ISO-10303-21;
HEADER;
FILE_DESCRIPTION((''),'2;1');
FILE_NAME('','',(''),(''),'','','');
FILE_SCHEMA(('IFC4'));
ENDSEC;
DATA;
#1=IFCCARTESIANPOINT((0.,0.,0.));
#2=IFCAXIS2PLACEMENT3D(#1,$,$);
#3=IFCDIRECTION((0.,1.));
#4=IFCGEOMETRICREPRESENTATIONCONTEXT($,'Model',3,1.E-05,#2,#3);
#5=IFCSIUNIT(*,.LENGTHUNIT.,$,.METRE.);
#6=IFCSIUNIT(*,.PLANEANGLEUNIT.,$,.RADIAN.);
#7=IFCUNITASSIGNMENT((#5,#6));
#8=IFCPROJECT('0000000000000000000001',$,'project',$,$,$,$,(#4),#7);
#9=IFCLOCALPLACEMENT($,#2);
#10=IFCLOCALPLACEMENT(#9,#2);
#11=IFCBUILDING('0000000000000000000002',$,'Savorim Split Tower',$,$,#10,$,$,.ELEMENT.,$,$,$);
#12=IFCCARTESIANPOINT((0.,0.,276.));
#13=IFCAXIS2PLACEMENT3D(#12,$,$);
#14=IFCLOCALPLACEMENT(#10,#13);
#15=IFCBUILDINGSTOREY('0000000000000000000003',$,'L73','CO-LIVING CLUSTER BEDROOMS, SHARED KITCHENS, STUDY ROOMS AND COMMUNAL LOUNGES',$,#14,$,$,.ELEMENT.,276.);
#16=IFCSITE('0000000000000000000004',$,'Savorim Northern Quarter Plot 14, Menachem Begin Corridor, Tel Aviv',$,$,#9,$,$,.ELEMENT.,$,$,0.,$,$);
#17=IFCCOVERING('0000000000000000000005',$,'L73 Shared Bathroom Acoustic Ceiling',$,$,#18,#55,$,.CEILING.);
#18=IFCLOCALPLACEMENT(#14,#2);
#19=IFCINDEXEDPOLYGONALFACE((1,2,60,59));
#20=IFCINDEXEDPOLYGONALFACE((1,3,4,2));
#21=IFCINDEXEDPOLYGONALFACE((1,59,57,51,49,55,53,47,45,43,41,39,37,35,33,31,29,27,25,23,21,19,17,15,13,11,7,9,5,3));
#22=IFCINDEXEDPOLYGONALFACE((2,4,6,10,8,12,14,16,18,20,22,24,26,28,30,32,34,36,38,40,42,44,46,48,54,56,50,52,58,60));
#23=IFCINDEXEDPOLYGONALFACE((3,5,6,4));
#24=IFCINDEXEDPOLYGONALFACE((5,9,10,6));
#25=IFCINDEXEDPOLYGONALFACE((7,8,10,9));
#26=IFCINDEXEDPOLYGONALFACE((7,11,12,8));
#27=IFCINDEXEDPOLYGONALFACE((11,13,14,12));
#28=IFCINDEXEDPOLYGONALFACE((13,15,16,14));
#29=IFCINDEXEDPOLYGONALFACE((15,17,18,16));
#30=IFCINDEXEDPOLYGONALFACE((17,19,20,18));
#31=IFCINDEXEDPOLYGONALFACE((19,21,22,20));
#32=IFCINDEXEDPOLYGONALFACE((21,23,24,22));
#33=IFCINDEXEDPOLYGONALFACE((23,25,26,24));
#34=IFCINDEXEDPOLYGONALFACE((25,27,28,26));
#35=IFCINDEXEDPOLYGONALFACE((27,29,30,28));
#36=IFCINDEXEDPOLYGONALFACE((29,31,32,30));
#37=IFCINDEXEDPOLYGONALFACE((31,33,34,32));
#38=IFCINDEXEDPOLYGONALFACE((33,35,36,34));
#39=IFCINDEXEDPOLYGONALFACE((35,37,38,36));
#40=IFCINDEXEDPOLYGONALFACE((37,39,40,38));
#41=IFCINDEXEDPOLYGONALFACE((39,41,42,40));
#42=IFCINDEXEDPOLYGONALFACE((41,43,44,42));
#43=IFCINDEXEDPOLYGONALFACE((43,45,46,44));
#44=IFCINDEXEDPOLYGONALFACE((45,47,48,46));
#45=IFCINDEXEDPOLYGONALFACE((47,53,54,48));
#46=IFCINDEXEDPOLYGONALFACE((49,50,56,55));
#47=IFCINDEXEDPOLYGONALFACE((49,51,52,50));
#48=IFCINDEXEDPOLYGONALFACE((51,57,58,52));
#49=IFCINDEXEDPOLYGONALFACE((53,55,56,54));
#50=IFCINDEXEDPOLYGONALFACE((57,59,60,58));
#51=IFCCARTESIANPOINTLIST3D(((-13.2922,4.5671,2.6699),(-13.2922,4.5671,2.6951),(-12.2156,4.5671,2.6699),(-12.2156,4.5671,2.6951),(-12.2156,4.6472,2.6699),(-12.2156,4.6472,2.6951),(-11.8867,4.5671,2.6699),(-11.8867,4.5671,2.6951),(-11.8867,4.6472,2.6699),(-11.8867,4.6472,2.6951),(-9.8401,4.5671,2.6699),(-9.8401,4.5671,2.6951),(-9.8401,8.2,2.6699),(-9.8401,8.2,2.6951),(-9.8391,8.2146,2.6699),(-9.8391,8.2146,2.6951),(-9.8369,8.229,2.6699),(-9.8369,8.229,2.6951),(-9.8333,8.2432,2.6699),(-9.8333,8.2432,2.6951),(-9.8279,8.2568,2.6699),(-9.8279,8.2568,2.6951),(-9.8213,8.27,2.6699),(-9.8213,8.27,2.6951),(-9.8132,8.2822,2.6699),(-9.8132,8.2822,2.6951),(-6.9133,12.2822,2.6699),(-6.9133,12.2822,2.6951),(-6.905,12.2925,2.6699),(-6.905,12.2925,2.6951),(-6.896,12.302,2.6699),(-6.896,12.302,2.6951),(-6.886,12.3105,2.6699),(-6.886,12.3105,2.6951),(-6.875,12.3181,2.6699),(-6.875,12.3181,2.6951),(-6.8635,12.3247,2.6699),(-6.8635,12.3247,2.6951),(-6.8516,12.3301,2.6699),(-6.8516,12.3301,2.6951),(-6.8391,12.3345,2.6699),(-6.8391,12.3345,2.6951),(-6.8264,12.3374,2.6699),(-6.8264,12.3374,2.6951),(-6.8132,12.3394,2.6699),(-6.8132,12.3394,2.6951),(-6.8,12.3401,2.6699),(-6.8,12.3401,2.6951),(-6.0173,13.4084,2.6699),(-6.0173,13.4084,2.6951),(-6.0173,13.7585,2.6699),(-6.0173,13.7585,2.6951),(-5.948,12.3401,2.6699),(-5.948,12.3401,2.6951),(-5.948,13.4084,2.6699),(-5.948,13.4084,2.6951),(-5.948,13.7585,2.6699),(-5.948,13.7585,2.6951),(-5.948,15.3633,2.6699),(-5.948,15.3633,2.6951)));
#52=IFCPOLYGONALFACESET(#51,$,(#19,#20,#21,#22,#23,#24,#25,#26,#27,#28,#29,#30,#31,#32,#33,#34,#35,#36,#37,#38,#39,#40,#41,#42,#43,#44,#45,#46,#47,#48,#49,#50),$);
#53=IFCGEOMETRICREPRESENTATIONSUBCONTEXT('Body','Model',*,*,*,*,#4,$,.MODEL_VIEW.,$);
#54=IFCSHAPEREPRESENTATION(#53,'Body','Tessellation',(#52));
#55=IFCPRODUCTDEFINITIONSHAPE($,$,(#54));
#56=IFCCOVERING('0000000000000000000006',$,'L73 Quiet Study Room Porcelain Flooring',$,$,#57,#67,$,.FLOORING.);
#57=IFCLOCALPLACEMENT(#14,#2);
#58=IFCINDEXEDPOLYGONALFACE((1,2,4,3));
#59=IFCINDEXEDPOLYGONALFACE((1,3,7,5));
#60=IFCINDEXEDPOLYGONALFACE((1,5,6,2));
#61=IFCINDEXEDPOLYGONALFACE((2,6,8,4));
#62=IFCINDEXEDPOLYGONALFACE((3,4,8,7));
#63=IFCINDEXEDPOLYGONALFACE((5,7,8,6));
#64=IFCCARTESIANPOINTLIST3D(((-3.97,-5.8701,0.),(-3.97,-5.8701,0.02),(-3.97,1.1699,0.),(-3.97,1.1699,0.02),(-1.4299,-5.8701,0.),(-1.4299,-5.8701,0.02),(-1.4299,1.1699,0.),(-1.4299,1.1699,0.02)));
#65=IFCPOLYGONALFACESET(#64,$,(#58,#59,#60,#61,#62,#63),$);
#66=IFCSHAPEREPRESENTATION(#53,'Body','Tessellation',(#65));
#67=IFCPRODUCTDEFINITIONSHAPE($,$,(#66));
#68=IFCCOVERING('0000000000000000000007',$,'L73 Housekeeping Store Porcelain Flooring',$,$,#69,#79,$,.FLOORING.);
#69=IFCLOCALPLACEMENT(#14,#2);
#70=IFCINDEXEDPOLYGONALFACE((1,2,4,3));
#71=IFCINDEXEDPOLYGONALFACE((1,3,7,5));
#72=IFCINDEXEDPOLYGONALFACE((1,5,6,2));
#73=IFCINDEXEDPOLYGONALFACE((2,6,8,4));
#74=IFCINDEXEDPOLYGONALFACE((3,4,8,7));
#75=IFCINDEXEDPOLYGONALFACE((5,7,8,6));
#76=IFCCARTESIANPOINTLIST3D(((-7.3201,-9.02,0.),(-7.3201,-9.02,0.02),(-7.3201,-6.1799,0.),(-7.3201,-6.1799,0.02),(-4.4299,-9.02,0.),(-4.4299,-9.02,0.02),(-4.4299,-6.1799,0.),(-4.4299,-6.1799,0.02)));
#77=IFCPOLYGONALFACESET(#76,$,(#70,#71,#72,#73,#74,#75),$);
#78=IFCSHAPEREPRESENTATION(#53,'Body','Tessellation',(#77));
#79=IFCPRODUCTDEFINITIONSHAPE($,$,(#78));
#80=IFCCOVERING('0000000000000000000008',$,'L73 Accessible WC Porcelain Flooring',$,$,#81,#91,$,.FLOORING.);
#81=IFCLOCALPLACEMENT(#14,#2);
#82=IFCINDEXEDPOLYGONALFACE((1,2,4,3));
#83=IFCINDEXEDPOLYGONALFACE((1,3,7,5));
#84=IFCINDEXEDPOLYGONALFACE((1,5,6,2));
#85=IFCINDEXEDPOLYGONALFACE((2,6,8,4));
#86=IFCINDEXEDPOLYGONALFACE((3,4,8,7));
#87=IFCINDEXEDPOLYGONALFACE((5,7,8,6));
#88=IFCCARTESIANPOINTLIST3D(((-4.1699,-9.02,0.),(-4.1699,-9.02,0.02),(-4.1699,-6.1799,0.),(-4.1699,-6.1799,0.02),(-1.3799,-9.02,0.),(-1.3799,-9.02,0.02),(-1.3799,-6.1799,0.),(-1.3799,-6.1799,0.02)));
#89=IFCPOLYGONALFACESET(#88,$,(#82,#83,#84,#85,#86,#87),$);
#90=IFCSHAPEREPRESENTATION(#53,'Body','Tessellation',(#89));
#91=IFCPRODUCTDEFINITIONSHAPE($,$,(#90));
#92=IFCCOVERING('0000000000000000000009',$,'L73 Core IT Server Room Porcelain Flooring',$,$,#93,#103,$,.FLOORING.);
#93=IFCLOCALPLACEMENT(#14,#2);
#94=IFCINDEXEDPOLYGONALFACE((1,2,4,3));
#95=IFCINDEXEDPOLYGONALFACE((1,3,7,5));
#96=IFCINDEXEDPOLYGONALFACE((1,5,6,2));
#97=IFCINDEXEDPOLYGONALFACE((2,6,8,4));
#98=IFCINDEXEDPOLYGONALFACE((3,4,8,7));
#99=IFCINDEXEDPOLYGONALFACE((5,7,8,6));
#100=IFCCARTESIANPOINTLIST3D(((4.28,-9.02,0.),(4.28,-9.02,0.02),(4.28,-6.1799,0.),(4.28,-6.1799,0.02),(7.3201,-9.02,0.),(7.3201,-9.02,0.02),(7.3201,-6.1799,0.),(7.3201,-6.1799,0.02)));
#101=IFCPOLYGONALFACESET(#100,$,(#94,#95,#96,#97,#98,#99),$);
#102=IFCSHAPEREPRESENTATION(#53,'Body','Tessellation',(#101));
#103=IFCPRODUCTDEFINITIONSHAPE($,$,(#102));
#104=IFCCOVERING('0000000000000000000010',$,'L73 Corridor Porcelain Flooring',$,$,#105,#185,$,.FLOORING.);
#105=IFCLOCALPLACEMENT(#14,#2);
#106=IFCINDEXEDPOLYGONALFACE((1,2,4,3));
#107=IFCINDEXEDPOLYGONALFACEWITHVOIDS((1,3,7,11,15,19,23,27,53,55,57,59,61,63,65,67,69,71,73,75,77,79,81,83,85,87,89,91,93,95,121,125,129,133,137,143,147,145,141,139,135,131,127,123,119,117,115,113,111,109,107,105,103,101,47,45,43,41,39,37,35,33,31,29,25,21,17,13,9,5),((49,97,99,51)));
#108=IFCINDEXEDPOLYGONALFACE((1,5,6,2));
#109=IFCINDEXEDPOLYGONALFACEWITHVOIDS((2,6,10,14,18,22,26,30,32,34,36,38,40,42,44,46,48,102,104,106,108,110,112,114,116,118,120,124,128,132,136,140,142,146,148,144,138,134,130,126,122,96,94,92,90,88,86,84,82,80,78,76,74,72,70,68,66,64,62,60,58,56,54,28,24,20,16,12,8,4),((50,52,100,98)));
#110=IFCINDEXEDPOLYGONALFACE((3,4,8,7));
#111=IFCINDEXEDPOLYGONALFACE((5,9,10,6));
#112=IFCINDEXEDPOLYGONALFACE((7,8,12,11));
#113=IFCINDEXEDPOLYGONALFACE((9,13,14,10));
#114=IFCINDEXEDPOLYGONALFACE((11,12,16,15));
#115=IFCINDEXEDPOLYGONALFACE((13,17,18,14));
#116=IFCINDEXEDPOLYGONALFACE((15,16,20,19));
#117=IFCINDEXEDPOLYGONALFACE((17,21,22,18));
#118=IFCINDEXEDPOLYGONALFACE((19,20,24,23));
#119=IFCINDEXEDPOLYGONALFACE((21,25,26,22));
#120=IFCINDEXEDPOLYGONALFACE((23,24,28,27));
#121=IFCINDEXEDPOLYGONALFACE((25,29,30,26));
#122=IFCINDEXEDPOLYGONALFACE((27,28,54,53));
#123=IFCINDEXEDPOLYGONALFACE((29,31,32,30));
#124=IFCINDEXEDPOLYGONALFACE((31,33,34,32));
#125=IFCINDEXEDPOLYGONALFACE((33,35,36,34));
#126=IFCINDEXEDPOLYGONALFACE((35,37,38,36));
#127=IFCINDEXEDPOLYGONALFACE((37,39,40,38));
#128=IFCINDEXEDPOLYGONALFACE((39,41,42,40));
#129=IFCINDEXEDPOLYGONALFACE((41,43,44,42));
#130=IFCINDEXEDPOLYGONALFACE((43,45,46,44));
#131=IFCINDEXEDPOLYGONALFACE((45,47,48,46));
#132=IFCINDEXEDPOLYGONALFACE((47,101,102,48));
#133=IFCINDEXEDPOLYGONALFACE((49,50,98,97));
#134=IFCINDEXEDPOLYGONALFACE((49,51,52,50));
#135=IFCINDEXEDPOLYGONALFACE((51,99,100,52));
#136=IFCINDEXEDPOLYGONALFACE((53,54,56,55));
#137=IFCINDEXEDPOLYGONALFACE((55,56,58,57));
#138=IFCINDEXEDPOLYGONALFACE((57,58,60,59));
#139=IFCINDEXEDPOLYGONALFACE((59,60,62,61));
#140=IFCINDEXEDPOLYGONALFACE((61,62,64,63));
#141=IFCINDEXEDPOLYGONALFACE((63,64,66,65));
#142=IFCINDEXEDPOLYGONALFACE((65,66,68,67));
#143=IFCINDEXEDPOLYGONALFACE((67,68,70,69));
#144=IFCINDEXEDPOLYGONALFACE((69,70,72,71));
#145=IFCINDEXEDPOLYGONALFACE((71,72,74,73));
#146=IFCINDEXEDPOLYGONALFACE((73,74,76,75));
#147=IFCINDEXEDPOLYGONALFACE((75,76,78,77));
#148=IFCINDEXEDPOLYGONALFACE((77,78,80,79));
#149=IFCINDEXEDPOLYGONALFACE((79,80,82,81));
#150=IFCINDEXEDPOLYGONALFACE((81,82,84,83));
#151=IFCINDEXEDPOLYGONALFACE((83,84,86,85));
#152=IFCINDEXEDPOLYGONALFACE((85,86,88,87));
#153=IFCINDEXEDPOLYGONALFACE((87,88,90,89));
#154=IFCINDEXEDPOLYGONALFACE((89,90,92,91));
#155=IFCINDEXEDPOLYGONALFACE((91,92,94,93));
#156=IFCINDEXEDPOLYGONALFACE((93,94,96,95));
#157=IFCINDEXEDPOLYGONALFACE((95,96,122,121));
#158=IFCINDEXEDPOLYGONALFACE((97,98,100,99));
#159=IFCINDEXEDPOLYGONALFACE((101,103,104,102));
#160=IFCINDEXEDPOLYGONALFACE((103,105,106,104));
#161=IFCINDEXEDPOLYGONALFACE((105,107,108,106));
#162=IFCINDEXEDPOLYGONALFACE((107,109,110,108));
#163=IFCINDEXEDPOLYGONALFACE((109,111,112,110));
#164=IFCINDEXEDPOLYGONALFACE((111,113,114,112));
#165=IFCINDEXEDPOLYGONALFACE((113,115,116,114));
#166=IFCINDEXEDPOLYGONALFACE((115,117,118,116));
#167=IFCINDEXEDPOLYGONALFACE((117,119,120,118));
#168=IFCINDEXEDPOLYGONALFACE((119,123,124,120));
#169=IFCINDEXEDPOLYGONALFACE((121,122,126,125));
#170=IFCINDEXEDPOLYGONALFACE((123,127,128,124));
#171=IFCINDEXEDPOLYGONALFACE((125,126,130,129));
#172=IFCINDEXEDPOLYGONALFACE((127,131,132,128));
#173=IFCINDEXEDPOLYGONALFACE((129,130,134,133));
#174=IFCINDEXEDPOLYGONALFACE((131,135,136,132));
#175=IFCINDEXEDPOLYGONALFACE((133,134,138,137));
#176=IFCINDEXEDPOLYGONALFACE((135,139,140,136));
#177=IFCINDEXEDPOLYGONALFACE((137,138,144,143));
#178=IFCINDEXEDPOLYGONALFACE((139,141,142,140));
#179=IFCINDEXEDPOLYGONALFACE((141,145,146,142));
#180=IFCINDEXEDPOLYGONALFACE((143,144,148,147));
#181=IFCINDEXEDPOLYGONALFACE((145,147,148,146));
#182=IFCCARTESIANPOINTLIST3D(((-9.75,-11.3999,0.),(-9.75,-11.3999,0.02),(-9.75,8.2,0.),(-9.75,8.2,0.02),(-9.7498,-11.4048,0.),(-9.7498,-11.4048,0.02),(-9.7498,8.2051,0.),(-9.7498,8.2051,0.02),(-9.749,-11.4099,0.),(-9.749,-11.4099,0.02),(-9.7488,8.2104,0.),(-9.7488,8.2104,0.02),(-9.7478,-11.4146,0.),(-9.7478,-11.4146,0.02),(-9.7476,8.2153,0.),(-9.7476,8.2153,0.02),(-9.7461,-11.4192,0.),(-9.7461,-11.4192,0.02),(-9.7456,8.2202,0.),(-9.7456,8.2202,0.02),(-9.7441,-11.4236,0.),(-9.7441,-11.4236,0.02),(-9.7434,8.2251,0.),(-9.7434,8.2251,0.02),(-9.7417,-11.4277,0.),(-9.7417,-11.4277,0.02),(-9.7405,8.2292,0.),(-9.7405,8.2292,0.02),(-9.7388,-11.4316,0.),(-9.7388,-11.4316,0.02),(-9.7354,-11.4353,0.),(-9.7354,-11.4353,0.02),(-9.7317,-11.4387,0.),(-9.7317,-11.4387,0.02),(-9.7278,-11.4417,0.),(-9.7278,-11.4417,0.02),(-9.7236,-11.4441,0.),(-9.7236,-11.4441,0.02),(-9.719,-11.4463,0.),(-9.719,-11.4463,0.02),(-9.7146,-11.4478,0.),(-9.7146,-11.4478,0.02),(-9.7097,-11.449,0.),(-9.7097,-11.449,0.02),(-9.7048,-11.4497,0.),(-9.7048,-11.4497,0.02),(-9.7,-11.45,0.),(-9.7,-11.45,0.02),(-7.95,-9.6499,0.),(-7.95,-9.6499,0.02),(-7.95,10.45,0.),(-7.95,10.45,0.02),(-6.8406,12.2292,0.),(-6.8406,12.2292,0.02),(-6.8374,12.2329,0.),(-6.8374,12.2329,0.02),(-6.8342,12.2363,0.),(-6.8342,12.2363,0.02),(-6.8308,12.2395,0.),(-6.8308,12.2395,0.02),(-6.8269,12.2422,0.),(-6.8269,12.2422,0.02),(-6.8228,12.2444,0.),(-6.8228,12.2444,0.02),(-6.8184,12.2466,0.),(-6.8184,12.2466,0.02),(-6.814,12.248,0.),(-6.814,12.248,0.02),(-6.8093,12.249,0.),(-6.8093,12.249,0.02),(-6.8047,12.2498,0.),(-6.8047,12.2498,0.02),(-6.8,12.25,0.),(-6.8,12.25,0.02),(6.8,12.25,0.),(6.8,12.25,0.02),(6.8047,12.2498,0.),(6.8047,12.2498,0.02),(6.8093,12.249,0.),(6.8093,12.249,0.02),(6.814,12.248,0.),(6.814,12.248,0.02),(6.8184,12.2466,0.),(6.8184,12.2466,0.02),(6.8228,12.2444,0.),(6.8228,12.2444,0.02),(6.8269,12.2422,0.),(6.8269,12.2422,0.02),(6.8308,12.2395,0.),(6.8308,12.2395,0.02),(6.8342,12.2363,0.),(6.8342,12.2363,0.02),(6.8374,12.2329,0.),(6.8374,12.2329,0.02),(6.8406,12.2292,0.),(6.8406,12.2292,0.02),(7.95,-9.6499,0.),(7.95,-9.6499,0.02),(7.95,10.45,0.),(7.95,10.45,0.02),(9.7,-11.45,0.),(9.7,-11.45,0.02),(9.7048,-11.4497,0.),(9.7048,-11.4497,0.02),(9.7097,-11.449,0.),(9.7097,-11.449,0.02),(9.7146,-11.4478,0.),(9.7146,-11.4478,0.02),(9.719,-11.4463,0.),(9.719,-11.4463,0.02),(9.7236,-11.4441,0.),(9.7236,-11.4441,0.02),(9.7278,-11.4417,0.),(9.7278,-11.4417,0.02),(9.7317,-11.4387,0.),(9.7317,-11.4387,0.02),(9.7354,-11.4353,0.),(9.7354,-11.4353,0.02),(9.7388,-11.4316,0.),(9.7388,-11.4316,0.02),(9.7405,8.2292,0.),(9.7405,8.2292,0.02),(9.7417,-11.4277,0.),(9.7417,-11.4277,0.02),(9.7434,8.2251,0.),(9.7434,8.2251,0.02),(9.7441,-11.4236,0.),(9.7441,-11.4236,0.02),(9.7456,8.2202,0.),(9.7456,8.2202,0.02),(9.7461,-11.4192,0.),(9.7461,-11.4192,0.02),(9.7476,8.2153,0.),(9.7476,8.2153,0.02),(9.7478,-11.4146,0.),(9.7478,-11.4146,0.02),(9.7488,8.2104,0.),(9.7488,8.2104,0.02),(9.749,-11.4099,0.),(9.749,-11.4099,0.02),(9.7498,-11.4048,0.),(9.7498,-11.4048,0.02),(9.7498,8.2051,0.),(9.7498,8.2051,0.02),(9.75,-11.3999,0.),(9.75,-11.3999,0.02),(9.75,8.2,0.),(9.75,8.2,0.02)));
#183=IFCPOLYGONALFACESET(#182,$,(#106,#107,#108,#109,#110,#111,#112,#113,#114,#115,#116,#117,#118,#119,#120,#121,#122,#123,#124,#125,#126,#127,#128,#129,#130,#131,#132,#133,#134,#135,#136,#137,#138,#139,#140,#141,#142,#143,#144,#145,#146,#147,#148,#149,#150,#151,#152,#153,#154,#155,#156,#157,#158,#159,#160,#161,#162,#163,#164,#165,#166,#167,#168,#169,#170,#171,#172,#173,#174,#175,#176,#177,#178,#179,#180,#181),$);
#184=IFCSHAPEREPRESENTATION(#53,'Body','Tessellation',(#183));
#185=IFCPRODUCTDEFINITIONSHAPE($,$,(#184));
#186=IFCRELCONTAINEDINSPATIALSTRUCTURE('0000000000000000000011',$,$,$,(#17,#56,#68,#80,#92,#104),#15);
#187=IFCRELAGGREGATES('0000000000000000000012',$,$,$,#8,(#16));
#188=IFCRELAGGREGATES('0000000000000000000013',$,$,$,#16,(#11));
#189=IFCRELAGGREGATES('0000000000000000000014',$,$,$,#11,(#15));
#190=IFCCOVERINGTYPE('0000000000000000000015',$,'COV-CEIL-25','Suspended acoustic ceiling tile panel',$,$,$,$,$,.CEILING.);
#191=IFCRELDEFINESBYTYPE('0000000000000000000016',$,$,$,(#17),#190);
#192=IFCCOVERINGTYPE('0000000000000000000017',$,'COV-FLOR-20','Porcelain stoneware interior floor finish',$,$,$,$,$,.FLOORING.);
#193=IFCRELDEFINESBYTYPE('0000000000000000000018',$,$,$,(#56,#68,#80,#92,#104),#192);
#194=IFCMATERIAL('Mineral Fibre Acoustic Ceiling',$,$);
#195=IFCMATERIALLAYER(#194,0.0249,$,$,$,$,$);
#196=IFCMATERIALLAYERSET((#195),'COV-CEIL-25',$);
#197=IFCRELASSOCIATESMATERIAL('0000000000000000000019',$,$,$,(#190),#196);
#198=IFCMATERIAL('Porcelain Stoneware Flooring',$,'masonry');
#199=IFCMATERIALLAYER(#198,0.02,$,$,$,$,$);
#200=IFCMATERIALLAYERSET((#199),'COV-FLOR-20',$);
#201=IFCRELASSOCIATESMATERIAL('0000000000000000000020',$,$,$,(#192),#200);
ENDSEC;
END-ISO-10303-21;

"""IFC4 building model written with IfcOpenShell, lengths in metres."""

from ifc_helpers import new_model, si_unit, direction, frame, origin, place, context, subcontext, project, spatial, polyline, outline, extrude, material, layer, layer_set, type_object, element, save


model = new_model("IFC4")

# Units and contexts
model_context = context("Model", 3, precision=1e-05, world=origin(), true_north=direction((0.0, 1.0)))
body_context = subcontext(model_context, "Body", "Model", "MODEL_VIEW")
ifc_project = project(units=[si_unit("LENGTHUNIT", "METRE"), si_unit("PLANEANGLEUNIT", "RADIAN")], contexts=[model_context])

# Site, building, storey
site_placement = place(None, origin())
site = spatial("IfcSite", under=ifc_project, at=site_placement, Name="Savorim Northern Quarter Plot 14, Menachem Begin Corridor, Tel Aviv", CompositionType="ELEMENT", RefElevation=0.0)
building_placement = place(site_placement, origin())
building = spatial("IfcBuilding", under=site, at=building_placement, Name="Savorim Split Tower", CompositionType="ELEMENT")
storey_placement = place(building_placement, frame((0.0, 0.0, 276.0)))
storey = spatial("IfcBuildingStorey", under=building, at=storey_placement, Name="L73", Description="CO-LIVING CLUSTER BEDROOMS, SHARED KITCHENS, STUDY ROOMS AND COMMUNAL LOUNGES", CompositionType="ELEMENT", Elevation=276.0)

# Coverings
ifc_material_1 = material(Name="Mineral Fibre Acoustic Ceiling")
ifc_layer_1 = layer(ifc_material_1, 0.0249)
ifc_layer_set_1 = layer_set([ifc_layer_1], Name="COV-CEIL-25")
covering_type_1 = type_object("IfcCoveringType", Name="COV-CEIL-25", Description="Suspended acoustic ceiling tile panel", PredefinedType="CEILING", material=ifc_layer_set_1)
covering_1_placement = place(storey_placement, frame((0.0, 0.0, 2.6699)))
element("IfcCovering", 1, at=covering_1_placement, inside=storey, type_object=covering_type_1, Name="L73 Shared Bathroom Acoustic Ceiling", PredefinedType="CEILING", context=body_context, shape_type="SweptSolid", body=[
    extrude(outline(polyline([(-6.8132, 12.3394), (-6.8, 12.3401), (-5.948, 12.3401), (-5.948, 13.4084), (-6.0173, 13.4084), (-6.0173, 13.7585), (-5.948, 13.7585), (-5.948, 15.3633), (-13.2922, 4.5671), (-12.2156, 4.5671), (-12.2156, 4.6472), (-11.8867, 4.6472), (-11.8867, 4.5671), (-9.8401, 4.5671), (-9.8401, 8.2), (-9.8391, 8.2146), (-9.8369, 8.229), (-9.8333, 8.2432), (-9.8279, 8.2568), (-9.8213, 8.27), (-9.8132, 8.2822), (-6.9133, 12.2822), (-6.905, 12.2925), (-6.896, 12.302), (-6.886, 12.3105), (-6.875, 12.3181), (-6.8635, 12.3247), (-6.8516, 12.3301), (-6.8391, 12.3345), (-6.8264, 12.3374), (-6.8132, 12.3394)])), origin(), (0.0, 0.0, 1.0), 0.0251),
])
ifc_material_2 = material(Name="Porcelain Stoneware Flooring", Category="masonry")
ifc_layer_2 = layer(ifc_material_2, 0.02)
ifc_layer_set_2 = layer_set([ifc_layer_2], Name="COV-FLOR-20")
covering_type_2 = type_object("IfcCoveringType", Name="COV-FLOR-20", Description="Porcelain stoneware interior floor finish", PredefinedType="FLOORING", material=ifc_layer_set_2)
covering_2_placement = place(storey_placement, origin())
element("IfcCovering", 2, at=covering_2_placement, inside=storey, type_object=covering_type_2, Name="L73 Quiet Study Room Porcelain Flooring", PredefinedType="FLOORING", context=body_context, shape_type="SweptSolid", body=[
    extrude(outline(polyline([(-3.97, 1.1699), (-3.97, -5.8701), (-1.4299, -5.8701), (-1.4299, 1.1699), (-3.97, 1.1699)])), origin(), (0.0, 0.0, 1.0), 0.02),
])
covering_3_placement = place(storey_placement, origin())
element("IfcCovering", 3, at=covering_3_placement, inside=storey, type_object=covering_type_2, Name="L73 Housekeeping Store Porcelain Flooring", PredefinedType="FLOORING", context=body_context, shape_type="SweptSolid", body=[
    extrude(outline(polyline([(-7.3201, -6.1799), (-7.3201, -9.02), (-4.4299, -9.02), (-4.4299, -6.1799), (-7.3201, -6.1799)])), origin(), (0.0, 0.0, 1.0), 0.02),
])
covering_4_placement = place(storey_placement, origin())
element("IfcCovering", 4, at=covering_4_placement, inside=storey, type_object=covering_type_2, Name="L73 Accessible WC Porcelain Flooring", PredefinedType="FLOORING", context=body_context, shape_type="SweptSolid", body=[
    extrude(outline(polyline([(-4.1699, -6.1799), (-4.1699, -9.02), (-1.3799, -9.02), (-1.3799, -6.1799), (-4.1699, -6.1799)])), origin(), (0.0, 0.0, 1.0), 0.02),
])
covering_5_placement = place(storey_placement, origin())
element("IfcCovering", 5, at=covering_5_placement, inside=storey, type_object=covering_type_2, Name="L73 Core IT Server Room Porcelain Flooring", PredefinedType="FLOORING", context=body_context, shape_type="SweptSolid", body=[
    extrude(outline(polyline([(4.28, -6.1799), (4.28, -9.02), (7.3201, -9.02), (7.3201, -6.1799), (4.28, -6.1799)])), origin(), (0.0, 0.0, 1.0), 0.02),
])
covering_6_placement = place(storey_placement, origin())
element("IfcCovering", 6, at=covering_6_placement, inside=storey, type_object=covering_type_2, Name="L73 Corridor Porcelain Flooring", PredefinedType="FLOORING", context=body_context, shape_type="SweptSolid", body=[
    extrude(outline(polyline([(6.8093, 12.249), (6.8047, 12.2498), (6.8, 12.25), (-6.8, 12.25), (-6.8047, 12.2498), (-6.8093, 12.249), (-6.814, 12.248), (-6.8184, 12.2466), (-6.8228, 12.2444), (-6.8269, 12.2422), (-6.8308, 12.2395), (-6.8342, 12.2363), (-6.8374, 12.2329), (-6.8406, 12.2292), (-9.7405, 8.2292), (-9.7434, 8.2251), (-9.7456, 8.2202), (-9.7476, 8.2153), (-9.7488, 8.2104), (-9.7498, 8.2051), (-9.75, 8.2), (-9.75, -11.3999), (-9.7498, -11.4048), (-9.749, -11.4099), (-9.7478, -11.4146), (-9.7461, -11.4192), (-9.7441, -11.4236), (-9.7417, -11.4277), (-9.7388, -11.4316), (-9.7354, -11.4353), (-9.7317, -11.4387), (-9.7278, -11.4417), (-9.7236, -11.4441), (-9.719, -11.4463), (-9.7146, -11.4478), (-9.7097, -11.449), (-9.7048, -11.4497), (-9.7, -11.45), (9.7, -11.45), (9.7048, -11.4497), (9.7097, -11.449), (9.7146, -11.4478), (9.719, -11.4463), (9.7236, -11.4441), (9.7278, -11.4417), (9.7317, -11.4387), (9.7354, -11.4353), (9.7388, -11.4316), (9.7417, -11.4277), (9.7441, -11.4236), (9.7461, -11.4192), (9.7478, -11.4146), (9.749, -11.4099), (9.7498, -11.4048), (9.75, -11.3999), (9.75, 8.2), (9.7498, 8.2051), (9.7488, 8.2104), (9.7476, 8.2153), (9.7456, 8.2202), (9.7434, 8.2251), (9.7405, 8.2292), (6.8406, 12.2292), (6.8374, 12.2329), (6.8342, 12.2363), (6.8308, 12.2395), (6.8269, 12.2422), (6.8228, 12.2444), (6.8184, 12.2466), (6.814, 12.248), (6.8093, 12.249)]), holes=[polyline([(-7.95, 10.45), (-7.95, -9.6499), (7.95, -9.6499), (7.95, 10.45), (-7.95, 10.45)])]), origin(), (0.0, 0.0, 1.0), 0.02),
])

save(model, "model.ifc")
